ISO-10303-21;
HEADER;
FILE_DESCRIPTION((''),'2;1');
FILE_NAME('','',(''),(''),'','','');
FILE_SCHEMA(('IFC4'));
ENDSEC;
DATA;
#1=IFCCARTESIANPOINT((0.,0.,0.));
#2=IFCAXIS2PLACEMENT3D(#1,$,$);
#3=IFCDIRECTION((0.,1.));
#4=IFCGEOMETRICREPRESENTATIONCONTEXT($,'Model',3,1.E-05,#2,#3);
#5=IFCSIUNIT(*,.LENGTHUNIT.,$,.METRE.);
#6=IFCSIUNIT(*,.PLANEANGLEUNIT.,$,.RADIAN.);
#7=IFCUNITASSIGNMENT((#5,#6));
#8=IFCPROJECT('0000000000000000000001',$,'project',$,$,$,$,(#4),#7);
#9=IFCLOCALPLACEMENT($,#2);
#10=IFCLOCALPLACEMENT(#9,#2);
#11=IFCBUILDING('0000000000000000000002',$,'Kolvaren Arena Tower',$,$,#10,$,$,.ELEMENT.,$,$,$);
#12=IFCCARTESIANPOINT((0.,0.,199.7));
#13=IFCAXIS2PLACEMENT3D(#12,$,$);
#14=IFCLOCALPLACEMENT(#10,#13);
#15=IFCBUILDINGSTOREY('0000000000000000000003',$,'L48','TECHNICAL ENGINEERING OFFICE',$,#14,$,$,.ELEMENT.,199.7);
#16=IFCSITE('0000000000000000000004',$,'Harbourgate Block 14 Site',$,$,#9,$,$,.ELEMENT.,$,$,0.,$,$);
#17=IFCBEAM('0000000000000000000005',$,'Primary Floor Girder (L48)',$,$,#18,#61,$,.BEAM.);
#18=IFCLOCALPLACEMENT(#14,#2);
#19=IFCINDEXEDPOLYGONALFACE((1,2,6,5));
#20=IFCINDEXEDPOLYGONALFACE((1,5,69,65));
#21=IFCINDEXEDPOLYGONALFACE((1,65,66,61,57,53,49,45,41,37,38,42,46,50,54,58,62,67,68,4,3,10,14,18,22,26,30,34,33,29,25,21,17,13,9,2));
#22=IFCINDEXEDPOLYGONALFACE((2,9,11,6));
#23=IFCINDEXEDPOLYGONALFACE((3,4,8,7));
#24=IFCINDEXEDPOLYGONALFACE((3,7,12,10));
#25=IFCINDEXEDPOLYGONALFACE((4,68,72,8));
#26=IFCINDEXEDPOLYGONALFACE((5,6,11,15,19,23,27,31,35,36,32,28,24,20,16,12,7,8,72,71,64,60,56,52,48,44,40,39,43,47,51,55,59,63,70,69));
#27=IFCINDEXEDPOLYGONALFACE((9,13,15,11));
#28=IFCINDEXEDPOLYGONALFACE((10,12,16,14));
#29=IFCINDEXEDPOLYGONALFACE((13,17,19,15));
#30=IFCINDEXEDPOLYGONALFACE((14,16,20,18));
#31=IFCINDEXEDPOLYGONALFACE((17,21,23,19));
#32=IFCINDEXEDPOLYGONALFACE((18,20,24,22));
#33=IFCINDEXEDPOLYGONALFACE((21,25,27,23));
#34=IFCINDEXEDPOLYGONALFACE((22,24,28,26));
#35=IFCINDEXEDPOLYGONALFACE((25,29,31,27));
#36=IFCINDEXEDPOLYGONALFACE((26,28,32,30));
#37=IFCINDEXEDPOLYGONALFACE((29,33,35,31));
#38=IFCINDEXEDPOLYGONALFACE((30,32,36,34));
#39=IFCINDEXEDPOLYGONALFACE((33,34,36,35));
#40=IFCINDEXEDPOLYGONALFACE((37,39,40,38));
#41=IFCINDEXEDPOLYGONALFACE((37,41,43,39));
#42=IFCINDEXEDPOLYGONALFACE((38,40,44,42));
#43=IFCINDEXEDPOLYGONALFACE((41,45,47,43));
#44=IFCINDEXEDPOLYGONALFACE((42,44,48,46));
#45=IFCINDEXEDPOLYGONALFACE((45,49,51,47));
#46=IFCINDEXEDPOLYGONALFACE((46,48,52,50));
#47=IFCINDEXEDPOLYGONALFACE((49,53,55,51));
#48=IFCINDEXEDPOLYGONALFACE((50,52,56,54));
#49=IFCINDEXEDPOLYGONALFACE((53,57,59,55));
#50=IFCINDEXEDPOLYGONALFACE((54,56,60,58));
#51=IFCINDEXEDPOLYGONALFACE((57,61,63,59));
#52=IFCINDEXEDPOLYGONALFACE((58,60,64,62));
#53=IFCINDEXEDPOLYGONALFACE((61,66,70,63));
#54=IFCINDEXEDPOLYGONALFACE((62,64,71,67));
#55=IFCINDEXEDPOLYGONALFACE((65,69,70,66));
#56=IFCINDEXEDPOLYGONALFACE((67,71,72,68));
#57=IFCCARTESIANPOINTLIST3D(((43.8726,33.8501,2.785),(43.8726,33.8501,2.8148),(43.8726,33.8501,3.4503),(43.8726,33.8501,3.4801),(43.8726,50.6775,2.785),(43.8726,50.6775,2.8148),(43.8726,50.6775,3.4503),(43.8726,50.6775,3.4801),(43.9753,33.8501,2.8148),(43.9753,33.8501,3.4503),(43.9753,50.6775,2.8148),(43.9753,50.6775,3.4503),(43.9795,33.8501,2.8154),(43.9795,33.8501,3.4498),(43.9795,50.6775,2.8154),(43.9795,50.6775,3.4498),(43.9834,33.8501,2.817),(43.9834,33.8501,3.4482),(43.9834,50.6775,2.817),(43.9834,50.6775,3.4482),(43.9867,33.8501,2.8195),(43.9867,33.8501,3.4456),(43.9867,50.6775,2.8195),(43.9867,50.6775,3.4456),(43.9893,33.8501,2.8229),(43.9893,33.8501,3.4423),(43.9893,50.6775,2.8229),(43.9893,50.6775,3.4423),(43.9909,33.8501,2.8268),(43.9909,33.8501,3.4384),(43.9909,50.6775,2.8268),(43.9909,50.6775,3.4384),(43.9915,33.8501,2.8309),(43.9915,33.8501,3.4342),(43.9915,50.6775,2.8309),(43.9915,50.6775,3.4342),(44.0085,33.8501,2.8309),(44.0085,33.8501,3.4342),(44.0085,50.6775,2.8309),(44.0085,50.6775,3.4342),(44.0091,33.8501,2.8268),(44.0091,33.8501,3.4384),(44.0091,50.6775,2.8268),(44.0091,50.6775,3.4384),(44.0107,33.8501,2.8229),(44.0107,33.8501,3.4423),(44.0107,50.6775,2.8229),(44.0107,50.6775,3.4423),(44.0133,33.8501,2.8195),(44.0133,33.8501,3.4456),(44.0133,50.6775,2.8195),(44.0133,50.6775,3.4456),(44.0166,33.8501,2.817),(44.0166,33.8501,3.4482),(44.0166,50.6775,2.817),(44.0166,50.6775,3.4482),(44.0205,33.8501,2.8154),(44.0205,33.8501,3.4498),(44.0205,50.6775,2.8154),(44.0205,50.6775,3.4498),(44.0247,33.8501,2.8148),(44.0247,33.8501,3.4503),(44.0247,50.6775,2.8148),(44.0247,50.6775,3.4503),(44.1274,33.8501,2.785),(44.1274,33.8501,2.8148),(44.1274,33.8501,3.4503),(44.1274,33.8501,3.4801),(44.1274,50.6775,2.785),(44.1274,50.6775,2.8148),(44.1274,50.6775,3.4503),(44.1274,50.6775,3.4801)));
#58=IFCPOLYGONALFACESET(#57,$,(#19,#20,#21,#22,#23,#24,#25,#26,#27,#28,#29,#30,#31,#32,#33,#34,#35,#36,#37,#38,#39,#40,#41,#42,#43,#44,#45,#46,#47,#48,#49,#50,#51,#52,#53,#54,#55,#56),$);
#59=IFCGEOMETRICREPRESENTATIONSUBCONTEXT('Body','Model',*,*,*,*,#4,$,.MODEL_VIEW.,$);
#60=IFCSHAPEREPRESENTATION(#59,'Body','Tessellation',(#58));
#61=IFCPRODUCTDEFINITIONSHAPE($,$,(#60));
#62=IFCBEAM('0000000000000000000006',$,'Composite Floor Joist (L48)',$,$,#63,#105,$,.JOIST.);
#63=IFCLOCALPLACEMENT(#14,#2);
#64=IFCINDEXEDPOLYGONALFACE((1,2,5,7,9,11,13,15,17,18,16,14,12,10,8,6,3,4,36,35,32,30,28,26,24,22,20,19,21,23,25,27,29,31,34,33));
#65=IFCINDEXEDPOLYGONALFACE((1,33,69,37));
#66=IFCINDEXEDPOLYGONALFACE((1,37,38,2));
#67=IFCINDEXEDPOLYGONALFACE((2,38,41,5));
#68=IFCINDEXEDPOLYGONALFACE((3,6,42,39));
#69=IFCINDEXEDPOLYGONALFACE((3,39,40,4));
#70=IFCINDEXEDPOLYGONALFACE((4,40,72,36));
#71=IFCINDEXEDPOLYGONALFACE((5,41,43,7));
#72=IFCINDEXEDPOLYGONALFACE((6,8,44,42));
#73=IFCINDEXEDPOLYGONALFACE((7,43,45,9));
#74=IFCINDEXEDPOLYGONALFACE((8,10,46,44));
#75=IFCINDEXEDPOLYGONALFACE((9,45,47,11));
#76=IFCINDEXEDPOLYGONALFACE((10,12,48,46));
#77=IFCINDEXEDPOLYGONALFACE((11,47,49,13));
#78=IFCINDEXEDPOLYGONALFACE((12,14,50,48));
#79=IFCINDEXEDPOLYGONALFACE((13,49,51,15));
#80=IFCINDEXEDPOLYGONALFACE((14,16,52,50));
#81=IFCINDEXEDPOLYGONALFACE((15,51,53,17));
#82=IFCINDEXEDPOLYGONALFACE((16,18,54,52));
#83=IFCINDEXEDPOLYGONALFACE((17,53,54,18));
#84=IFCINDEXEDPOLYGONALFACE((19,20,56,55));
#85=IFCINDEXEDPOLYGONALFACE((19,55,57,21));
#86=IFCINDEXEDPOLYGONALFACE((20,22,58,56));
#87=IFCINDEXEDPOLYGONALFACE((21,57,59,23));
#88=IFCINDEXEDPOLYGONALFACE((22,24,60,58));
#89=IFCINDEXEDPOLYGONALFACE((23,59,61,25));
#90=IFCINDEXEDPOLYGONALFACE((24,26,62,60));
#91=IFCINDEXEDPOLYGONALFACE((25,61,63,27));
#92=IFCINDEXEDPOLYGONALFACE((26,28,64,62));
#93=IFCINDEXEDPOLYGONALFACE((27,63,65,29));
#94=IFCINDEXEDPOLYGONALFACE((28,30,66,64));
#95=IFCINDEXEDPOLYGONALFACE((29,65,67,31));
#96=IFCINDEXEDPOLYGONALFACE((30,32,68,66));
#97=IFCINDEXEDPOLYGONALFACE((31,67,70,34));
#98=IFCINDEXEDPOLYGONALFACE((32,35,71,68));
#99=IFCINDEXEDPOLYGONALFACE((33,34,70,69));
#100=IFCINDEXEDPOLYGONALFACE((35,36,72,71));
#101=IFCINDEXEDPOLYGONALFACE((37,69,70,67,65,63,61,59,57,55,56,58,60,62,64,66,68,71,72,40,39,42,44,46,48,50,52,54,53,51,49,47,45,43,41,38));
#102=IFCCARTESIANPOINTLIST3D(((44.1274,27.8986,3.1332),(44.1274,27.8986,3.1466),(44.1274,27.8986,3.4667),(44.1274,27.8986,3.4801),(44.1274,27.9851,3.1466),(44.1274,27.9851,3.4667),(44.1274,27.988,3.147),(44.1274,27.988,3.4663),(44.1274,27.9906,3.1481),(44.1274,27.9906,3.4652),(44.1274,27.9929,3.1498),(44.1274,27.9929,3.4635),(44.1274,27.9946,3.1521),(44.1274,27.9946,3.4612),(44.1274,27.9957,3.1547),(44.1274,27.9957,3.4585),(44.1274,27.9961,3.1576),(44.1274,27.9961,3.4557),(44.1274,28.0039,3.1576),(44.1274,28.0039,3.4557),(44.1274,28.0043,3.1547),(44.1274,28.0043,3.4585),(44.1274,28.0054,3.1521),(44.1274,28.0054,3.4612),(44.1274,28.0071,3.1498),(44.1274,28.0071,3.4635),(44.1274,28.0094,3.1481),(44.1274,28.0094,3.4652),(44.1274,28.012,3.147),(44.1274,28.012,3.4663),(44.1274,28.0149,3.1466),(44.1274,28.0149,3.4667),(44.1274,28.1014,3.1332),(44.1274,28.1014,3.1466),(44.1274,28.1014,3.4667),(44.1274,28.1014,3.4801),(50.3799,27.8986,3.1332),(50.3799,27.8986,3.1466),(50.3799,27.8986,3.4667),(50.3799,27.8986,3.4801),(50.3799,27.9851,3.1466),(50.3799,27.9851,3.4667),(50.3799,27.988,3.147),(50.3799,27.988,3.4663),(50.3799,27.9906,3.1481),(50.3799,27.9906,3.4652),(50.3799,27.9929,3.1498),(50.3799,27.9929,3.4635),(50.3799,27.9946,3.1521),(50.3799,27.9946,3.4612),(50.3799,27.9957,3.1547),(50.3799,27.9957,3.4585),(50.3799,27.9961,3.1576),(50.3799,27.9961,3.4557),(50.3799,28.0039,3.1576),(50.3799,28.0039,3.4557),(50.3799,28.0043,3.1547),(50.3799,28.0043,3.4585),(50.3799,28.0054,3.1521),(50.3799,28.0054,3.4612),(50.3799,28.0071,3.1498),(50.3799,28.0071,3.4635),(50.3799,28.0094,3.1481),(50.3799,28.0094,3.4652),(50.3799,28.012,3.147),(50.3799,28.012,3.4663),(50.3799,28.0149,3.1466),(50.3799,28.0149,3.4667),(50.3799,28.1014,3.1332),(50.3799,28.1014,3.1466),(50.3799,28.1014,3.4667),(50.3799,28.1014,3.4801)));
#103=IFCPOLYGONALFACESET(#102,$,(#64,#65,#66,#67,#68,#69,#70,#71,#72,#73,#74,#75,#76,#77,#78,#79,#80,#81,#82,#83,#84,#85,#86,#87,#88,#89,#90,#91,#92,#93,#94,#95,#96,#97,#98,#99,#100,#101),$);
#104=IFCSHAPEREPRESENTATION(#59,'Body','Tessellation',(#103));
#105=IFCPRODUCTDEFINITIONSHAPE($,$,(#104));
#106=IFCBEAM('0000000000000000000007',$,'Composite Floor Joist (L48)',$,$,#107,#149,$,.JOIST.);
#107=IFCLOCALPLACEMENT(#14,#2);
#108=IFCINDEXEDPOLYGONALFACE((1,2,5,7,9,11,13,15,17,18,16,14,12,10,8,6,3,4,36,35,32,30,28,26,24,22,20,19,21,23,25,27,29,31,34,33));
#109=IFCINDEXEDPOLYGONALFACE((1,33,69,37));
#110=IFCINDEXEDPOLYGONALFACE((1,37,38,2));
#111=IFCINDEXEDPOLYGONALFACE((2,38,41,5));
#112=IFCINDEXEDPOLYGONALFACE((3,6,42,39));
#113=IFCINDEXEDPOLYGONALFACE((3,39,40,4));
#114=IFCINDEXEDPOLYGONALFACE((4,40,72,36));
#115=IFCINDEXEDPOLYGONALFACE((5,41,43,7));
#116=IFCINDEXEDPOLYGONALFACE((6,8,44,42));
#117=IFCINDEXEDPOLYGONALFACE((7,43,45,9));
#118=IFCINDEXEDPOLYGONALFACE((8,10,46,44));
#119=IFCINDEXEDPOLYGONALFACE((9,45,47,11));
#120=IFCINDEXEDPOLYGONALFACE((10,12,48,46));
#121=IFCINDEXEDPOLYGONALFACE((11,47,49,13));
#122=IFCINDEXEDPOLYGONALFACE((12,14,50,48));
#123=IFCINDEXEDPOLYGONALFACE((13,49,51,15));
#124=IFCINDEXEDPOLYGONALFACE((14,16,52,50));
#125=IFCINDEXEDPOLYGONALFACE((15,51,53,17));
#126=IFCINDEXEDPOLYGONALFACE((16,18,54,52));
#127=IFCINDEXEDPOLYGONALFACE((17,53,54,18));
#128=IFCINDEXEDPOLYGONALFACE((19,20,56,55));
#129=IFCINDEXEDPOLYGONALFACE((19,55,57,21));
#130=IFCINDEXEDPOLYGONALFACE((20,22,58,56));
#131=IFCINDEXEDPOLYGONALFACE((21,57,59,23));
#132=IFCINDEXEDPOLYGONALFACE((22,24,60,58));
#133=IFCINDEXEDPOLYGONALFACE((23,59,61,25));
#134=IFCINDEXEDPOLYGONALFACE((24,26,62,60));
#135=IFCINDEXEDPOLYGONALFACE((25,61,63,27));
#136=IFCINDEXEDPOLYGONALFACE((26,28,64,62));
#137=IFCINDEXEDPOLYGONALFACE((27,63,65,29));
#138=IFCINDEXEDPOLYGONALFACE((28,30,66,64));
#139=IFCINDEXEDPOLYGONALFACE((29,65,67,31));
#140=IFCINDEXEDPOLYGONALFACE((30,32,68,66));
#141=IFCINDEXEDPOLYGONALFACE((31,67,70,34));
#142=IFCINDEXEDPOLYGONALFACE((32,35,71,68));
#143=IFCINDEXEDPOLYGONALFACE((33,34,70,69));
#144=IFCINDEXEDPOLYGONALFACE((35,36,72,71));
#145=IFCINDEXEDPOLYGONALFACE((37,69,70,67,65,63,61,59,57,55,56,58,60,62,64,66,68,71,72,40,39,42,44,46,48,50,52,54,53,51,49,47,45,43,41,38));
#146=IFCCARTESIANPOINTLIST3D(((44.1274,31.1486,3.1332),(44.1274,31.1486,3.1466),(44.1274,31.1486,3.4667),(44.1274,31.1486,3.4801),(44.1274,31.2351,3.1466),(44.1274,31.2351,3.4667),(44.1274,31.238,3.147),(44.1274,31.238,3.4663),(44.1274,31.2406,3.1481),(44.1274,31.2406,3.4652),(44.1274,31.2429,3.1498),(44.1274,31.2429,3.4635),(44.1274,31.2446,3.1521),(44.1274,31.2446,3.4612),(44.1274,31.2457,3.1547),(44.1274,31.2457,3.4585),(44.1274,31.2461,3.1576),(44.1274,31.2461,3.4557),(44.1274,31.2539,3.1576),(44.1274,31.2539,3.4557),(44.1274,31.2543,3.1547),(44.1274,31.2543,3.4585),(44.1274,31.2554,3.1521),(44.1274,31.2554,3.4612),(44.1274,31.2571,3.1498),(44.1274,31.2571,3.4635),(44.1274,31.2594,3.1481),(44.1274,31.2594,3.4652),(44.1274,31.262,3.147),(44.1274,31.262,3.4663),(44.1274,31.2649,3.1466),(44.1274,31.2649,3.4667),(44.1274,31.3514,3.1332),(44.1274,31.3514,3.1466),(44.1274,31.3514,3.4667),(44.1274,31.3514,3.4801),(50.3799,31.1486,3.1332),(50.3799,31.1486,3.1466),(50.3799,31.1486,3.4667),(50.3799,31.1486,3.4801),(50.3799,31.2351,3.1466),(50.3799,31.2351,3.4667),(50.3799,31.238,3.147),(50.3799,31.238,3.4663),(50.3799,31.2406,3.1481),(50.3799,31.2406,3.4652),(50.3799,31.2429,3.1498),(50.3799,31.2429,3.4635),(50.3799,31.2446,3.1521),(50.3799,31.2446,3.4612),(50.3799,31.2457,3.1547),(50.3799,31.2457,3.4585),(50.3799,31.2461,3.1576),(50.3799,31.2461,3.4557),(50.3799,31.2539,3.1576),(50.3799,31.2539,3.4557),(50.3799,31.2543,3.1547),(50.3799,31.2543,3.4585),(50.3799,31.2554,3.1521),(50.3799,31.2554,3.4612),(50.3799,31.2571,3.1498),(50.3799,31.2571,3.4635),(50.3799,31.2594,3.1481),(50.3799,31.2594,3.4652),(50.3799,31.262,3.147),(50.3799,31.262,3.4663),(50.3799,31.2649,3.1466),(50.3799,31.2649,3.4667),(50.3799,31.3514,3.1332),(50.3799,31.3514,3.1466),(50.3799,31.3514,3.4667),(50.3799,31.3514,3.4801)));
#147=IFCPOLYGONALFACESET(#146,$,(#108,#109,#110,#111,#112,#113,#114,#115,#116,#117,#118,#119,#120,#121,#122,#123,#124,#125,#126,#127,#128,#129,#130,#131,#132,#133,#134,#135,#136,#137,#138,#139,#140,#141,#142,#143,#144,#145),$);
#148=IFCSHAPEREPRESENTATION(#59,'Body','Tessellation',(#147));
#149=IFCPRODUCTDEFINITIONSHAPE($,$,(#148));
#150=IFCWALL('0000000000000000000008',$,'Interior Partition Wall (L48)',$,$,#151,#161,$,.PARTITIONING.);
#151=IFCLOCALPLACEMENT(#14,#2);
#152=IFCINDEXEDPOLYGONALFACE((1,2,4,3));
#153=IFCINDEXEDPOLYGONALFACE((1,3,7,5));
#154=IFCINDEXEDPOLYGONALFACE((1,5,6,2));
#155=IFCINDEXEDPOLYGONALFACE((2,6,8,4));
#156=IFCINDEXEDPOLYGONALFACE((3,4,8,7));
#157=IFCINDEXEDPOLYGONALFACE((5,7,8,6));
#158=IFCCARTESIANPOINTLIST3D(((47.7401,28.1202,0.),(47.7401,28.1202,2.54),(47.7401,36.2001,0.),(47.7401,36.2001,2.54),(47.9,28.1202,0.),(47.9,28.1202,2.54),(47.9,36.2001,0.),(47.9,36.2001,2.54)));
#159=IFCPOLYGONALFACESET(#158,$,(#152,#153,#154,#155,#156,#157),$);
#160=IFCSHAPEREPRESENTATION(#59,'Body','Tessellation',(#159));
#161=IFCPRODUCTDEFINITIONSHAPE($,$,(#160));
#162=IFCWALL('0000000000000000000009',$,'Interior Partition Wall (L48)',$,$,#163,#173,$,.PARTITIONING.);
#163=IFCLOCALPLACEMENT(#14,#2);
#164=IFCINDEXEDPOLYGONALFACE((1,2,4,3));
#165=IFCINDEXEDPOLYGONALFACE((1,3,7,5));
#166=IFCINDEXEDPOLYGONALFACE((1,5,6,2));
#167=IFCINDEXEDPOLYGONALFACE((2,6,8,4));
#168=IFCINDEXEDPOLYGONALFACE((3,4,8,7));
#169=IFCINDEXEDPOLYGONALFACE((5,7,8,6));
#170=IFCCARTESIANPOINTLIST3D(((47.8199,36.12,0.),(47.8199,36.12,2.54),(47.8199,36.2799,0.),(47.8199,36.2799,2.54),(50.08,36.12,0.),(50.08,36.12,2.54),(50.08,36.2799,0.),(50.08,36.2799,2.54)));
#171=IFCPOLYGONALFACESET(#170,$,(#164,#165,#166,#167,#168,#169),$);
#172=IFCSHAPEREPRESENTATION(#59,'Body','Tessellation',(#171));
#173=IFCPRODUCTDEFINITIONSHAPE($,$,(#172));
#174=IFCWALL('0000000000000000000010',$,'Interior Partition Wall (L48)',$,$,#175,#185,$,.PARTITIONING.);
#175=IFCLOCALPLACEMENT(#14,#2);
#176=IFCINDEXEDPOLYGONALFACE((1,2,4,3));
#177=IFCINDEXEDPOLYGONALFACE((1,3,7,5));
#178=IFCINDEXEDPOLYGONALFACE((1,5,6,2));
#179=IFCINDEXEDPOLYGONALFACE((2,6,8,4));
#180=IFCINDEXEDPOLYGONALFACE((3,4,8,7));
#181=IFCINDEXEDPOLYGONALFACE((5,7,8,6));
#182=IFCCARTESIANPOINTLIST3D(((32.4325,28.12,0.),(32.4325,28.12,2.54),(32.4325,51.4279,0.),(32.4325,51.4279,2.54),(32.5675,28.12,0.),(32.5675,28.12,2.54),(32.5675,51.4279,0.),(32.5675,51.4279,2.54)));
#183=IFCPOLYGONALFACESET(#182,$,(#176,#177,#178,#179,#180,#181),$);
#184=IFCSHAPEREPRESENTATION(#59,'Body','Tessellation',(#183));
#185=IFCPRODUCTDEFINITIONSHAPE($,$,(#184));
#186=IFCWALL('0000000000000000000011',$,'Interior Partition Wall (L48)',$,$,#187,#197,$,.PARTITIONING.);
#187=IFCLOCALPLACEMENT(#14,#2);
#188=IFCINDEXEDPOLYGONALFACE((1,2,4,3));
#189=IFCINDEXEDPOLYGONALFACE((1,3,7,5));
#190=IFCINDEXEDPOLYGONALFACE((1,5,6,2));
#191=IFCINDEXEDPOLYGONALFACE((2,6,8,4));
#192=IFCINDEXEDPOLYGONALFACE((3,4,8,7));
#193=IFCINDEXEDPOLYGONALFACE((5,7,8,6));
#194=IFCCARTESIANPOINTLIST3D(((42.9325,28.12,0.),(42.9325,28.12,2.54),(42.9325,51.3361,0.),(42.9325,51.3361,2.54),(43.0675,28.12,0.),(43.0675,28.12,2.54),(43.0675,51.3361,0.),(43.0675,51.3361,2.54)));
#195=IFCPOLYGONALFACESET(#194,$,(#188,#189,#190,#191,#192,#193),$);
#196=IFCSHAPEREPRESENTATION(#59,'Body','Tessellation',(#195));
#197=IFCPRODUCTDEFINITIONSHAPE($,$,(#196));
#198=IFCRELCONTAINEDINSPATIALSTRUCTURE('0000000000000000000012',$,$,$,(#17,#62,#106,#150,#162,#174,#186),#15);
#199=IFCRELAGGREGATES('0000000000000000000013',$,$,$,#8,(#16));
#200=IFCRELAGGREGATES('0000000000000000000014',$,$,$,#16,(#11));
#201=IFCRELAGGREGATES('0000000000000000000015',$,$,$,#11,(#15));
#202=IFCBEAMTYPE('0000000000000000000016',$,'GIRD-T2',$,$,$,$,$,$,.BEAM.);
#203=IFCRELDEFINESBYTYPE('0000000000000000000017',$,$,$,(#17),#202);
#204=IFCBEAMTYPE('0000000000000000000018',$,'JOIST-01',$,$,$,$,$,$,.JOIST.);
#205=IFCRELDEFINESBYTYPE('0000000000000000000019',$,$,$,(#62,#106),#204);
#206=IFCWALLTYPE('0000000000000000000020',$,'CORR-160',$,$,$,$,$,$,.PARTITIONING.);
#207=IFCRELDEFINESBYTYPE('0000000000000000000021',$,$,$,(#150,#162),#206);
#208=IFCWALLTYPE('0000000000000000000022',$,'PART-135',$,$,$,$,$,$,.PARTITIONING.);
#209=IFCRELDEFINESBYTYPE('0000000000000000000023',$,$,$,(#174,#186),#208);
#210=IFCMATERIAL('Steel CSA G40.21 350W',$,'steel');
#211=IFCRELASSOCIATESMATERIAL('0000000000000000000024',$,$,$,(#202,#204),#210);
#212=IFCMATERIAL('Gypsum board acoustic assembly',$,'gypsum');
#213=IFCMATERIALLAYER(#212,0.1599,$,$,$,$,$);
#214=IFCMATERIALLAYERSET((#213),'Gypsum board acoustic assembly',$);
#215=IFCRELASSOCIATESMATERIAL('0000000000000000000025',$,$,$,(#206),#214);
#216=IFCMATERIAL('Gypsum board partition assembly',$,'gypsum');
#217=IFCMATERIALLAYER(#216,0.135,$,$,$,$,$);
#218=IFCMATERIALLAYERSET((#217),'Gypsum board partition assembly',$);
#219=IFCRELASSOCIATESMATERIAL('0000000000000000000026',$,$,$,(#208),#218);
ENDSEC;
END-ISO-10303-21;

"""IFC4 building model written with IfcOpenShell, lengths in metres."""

from ifc_helpers import new_model, si_unit, direction, frame, frame_2d, origin, origin_2d, place, context, subcontext, project, spatial, rectangle, i_section, extrude, material, layer, layer_set, material_profile, profile_set, type_object, element, save


model = new_model("IFC4")

# Units and contexts
model_context = context("Model", 3, precision=1e-05, world=origin(), true_north=direction((0.0, 1.0)))
body_context = subcontext(model_context, "Body", "Model", "MODEL_VIEW")
ifc_project = project(units=[si_unit("LENGTHUNIT", "METRE"), si_unit("PLANEANGLEUNIT", "RADIAN")], contexts=[model_context])

# Site, building, storey
site_placement = place(None, origin())
site = spatial("IfcSite", under=ifc_project, at=site_placement, Name="Harbourgate Block 14 Site", CompositionType="ELEMENT", RefElevation=0.0)
building_placement = place(site_placement, origin())
building = spatial("IfcBuilding", under=site, at=building_placement, Name="Kolvaren Arena Tower", CompositionType="ELEMENT")
storey_placement = place(building_placement, frame((0.0, 0.0, 199.7)))
storey = spatial("IfcBuildingStorey", under=building, at=storey_placement, Name="L48", Description="TECHNICAL ENGINEERING OFFICE", CompositionType="ELEMENT", Elevation=199.7)

# Beams
ifc_material_1 = material(Name="Steel CSA G40.21 350W", Category="steel")
ifc_material_profile_1 = material_profile(ifc_material_1, i_section(OverallWidth=0.2549, OverallDepth=0.6951, WebThickness=0.0171, FlangeThickness=0.0298, FilletRadius=0.0161, at=origin_2d()), Name="W690x217")
ifc_profile_set_1 = profile_set([ifc_material_profile_1], Name="Steel CSA G40.21 350W")
beam_type_1 = type_object("IfcBeamType", Name="GIRD-T2", PredefinedType="BEAM", material=ifc_profile_set_1)
beam_1_placement = place(storey_placement, frame((44.0, 33.8501, 3.1326), z_axis=(0.0, 1.0, 0.0), x_axis=(-1.0, 0.0, 0.0)))
element("IfcBeam", 1, at=beam_1_placement, inside=storey, type_object=beam_type_1, Name="Primary Floor Girder (L48)", PredefinedType="BEAM", context=body_context, shape_type="SweptSolid", body=[
    extrude(i_section(OverallWidth=0.2549, OverallDepth=0.6951, WebThickness=0.0171, FlangeThickness=0.0298, FilletRadius=0.0161, at=origin_2d()), origin(), (0.0, 0.0, 1.0), 16.8274),
])
ifc_material_profile_2 = material_profile(ifc_material_1, i_section(OverallWidth=0.2029, OverallDepth=0.3469, WebThickness=0.0078, FlangeThickness=0.0134, FilletRadius=0.011, at=origin_2d()), Name="W360x64")
ifc_profile_set_2 = profile_set([ifc_material_profile_2], Name="Steel CSA G40.21 350W")
beam_type_2 = type_object("IfcBeamType", Name="JOIST-01", PredefinedType="JOIST", material=ifc_profile_set_2)
for number, where, z_axis, x_axis, name in (
    (2, (44.1274, 28.0, 3.3066), (1.0, 0.0, 0.0), (0.0, 1.0, 0.0), "Composite Floor Joist (L48)"),
    (3, (44.1274, 31.25, 3.3066), (1.0, 0.0, 0.0), (0.0, 1.0, 0.0), "Composite Floor Joist (L48)"),
):
    element("IfcBeam", number, at=place(storey_placement, frame(where, z_axis=z_axis, x_axis=x_axis)), inside=storey, type_object=beam_type_2, Name=name, PredefinedType="JOIST", context=body_context, shape_type="SweptSolid", body=[
        extrude(i_section(OverallWidth=0.2029, OverallDepth=0.3469, WebThickness=0.0078, FlangeThickness=0.0134, FilletRadius=0.011, at=origin_2d()), origin(), (0.0, 0.0, 1.0), 6.2524),
    ])

# Walls
ifc_material_2 = material(Name="Gypsum board acoustic assembly", Category="gypsum")
ifc_layer_1 = layer(ifc_material_2, 0.1599)
ifc_layer_set_1 = layer_set([ifc_layer_1], Name="Gypsum board acoustic assembly")
wall_type_1 = type_object("IfcWallType", Name="CORR-160", PredefinedType="PARTITIONING", material=ifc_layer_set_1)
wall_1_placement = place(storey_placement, frame((47.8201, 28.1201, 0.0), z_axis=(0.0, 0.0, 1.0), x_axis=(0.0, 1.0, 0.0)))
element("IfcWall", 4, at=wall_1_placement, inside=storey, type_object=wall_type_1, Name="Interior Partition Wall (L48)", PredefinedType="PARTITIONING", context=body_context, shape_type="SweptSolid", body=[
    extrude(rectangle(XDim=8.0798, YDim=0.1599, at=frame_2d((4.04, 0.0))), origin(), (0.0, 0.0, 1.0), 2.54),
])
wall_2_placement = place(storey_placement, frame((47.8201, 36.2, 0.0), z_axis=(0.0, 0.0, 1.0), x_axis=(1.0, 0.0, 0.0)))
element("IfcWall", 5, at=wall_2_placement, inside=storey, type_object=wall_type_1, Name="Interior Partition Wall (L48)", PredefinedType="PARTITIONING", context=body_context, shape_type="SweptSolid", body=[
    extrude(rectangle(XDim=2.26, YDim=0.1599, at=frame_2d((1.1299, 0.0))), origin(), (0.0, 0.0, 1.0), 2.54),
])
ifc_material_3 = material(Name="Gypsum board partition assembly", Category="gypsum")
ifc_layer_2 = layer(ifc_material_3, 0.135)
ifc_layer_set_2 = layer_set([ifc_layer_2], Name="Gypsum board partition assembly")
wall_type_2 = type_object("IfcWallType", Name="PART-135", PredefinedType="PARTITIONING", material=ifc_layer_set_2)
wall_3_placement = place(storey_placement, frame((32.5, 28.1201, 0.0), z_axis=(0.0, 0.0, 1.0), x_axis=(0.0, 1.0, 0.0)))
element("IfcWall", 6, at=wall_3_placement, inside=storey, type_object=wall_type_2, Name="Interior Partition Wall (L48)", PredefinedType="PARTITIONING", context=body_context, shape_type="SweptSolid", body=[
    extrude(rectangle(XDim=23.3079, YDim=0.135, at=frame_2d((11.6538, 0.0))), origin(), (0.0, 0.0, 1.0), 2.54),
])
wall_4_placement = place(storey_placement, frame((43.0, 28.1201, 0.0), z_axis=(0.0, 0.0, 1.0), x_axis=(0.0, 1.0, 0.0)))
element("IfcWall", 7, at=wall_4_placement, inside=storey, type_object=wall_type_2, Name="Interior Partition Wall (L48)", PredefinedType="PARTITIONING", context=body_context, shape_type="SweptSolid", body=[
    extrude(rectangle(XDim=23.2161, YDim=0.135, at=frame_2d((11.6079, 0.0))), origin(), (0.0, 0.0, 1.0), 2.54),
])

save(model, "model.ifc")
